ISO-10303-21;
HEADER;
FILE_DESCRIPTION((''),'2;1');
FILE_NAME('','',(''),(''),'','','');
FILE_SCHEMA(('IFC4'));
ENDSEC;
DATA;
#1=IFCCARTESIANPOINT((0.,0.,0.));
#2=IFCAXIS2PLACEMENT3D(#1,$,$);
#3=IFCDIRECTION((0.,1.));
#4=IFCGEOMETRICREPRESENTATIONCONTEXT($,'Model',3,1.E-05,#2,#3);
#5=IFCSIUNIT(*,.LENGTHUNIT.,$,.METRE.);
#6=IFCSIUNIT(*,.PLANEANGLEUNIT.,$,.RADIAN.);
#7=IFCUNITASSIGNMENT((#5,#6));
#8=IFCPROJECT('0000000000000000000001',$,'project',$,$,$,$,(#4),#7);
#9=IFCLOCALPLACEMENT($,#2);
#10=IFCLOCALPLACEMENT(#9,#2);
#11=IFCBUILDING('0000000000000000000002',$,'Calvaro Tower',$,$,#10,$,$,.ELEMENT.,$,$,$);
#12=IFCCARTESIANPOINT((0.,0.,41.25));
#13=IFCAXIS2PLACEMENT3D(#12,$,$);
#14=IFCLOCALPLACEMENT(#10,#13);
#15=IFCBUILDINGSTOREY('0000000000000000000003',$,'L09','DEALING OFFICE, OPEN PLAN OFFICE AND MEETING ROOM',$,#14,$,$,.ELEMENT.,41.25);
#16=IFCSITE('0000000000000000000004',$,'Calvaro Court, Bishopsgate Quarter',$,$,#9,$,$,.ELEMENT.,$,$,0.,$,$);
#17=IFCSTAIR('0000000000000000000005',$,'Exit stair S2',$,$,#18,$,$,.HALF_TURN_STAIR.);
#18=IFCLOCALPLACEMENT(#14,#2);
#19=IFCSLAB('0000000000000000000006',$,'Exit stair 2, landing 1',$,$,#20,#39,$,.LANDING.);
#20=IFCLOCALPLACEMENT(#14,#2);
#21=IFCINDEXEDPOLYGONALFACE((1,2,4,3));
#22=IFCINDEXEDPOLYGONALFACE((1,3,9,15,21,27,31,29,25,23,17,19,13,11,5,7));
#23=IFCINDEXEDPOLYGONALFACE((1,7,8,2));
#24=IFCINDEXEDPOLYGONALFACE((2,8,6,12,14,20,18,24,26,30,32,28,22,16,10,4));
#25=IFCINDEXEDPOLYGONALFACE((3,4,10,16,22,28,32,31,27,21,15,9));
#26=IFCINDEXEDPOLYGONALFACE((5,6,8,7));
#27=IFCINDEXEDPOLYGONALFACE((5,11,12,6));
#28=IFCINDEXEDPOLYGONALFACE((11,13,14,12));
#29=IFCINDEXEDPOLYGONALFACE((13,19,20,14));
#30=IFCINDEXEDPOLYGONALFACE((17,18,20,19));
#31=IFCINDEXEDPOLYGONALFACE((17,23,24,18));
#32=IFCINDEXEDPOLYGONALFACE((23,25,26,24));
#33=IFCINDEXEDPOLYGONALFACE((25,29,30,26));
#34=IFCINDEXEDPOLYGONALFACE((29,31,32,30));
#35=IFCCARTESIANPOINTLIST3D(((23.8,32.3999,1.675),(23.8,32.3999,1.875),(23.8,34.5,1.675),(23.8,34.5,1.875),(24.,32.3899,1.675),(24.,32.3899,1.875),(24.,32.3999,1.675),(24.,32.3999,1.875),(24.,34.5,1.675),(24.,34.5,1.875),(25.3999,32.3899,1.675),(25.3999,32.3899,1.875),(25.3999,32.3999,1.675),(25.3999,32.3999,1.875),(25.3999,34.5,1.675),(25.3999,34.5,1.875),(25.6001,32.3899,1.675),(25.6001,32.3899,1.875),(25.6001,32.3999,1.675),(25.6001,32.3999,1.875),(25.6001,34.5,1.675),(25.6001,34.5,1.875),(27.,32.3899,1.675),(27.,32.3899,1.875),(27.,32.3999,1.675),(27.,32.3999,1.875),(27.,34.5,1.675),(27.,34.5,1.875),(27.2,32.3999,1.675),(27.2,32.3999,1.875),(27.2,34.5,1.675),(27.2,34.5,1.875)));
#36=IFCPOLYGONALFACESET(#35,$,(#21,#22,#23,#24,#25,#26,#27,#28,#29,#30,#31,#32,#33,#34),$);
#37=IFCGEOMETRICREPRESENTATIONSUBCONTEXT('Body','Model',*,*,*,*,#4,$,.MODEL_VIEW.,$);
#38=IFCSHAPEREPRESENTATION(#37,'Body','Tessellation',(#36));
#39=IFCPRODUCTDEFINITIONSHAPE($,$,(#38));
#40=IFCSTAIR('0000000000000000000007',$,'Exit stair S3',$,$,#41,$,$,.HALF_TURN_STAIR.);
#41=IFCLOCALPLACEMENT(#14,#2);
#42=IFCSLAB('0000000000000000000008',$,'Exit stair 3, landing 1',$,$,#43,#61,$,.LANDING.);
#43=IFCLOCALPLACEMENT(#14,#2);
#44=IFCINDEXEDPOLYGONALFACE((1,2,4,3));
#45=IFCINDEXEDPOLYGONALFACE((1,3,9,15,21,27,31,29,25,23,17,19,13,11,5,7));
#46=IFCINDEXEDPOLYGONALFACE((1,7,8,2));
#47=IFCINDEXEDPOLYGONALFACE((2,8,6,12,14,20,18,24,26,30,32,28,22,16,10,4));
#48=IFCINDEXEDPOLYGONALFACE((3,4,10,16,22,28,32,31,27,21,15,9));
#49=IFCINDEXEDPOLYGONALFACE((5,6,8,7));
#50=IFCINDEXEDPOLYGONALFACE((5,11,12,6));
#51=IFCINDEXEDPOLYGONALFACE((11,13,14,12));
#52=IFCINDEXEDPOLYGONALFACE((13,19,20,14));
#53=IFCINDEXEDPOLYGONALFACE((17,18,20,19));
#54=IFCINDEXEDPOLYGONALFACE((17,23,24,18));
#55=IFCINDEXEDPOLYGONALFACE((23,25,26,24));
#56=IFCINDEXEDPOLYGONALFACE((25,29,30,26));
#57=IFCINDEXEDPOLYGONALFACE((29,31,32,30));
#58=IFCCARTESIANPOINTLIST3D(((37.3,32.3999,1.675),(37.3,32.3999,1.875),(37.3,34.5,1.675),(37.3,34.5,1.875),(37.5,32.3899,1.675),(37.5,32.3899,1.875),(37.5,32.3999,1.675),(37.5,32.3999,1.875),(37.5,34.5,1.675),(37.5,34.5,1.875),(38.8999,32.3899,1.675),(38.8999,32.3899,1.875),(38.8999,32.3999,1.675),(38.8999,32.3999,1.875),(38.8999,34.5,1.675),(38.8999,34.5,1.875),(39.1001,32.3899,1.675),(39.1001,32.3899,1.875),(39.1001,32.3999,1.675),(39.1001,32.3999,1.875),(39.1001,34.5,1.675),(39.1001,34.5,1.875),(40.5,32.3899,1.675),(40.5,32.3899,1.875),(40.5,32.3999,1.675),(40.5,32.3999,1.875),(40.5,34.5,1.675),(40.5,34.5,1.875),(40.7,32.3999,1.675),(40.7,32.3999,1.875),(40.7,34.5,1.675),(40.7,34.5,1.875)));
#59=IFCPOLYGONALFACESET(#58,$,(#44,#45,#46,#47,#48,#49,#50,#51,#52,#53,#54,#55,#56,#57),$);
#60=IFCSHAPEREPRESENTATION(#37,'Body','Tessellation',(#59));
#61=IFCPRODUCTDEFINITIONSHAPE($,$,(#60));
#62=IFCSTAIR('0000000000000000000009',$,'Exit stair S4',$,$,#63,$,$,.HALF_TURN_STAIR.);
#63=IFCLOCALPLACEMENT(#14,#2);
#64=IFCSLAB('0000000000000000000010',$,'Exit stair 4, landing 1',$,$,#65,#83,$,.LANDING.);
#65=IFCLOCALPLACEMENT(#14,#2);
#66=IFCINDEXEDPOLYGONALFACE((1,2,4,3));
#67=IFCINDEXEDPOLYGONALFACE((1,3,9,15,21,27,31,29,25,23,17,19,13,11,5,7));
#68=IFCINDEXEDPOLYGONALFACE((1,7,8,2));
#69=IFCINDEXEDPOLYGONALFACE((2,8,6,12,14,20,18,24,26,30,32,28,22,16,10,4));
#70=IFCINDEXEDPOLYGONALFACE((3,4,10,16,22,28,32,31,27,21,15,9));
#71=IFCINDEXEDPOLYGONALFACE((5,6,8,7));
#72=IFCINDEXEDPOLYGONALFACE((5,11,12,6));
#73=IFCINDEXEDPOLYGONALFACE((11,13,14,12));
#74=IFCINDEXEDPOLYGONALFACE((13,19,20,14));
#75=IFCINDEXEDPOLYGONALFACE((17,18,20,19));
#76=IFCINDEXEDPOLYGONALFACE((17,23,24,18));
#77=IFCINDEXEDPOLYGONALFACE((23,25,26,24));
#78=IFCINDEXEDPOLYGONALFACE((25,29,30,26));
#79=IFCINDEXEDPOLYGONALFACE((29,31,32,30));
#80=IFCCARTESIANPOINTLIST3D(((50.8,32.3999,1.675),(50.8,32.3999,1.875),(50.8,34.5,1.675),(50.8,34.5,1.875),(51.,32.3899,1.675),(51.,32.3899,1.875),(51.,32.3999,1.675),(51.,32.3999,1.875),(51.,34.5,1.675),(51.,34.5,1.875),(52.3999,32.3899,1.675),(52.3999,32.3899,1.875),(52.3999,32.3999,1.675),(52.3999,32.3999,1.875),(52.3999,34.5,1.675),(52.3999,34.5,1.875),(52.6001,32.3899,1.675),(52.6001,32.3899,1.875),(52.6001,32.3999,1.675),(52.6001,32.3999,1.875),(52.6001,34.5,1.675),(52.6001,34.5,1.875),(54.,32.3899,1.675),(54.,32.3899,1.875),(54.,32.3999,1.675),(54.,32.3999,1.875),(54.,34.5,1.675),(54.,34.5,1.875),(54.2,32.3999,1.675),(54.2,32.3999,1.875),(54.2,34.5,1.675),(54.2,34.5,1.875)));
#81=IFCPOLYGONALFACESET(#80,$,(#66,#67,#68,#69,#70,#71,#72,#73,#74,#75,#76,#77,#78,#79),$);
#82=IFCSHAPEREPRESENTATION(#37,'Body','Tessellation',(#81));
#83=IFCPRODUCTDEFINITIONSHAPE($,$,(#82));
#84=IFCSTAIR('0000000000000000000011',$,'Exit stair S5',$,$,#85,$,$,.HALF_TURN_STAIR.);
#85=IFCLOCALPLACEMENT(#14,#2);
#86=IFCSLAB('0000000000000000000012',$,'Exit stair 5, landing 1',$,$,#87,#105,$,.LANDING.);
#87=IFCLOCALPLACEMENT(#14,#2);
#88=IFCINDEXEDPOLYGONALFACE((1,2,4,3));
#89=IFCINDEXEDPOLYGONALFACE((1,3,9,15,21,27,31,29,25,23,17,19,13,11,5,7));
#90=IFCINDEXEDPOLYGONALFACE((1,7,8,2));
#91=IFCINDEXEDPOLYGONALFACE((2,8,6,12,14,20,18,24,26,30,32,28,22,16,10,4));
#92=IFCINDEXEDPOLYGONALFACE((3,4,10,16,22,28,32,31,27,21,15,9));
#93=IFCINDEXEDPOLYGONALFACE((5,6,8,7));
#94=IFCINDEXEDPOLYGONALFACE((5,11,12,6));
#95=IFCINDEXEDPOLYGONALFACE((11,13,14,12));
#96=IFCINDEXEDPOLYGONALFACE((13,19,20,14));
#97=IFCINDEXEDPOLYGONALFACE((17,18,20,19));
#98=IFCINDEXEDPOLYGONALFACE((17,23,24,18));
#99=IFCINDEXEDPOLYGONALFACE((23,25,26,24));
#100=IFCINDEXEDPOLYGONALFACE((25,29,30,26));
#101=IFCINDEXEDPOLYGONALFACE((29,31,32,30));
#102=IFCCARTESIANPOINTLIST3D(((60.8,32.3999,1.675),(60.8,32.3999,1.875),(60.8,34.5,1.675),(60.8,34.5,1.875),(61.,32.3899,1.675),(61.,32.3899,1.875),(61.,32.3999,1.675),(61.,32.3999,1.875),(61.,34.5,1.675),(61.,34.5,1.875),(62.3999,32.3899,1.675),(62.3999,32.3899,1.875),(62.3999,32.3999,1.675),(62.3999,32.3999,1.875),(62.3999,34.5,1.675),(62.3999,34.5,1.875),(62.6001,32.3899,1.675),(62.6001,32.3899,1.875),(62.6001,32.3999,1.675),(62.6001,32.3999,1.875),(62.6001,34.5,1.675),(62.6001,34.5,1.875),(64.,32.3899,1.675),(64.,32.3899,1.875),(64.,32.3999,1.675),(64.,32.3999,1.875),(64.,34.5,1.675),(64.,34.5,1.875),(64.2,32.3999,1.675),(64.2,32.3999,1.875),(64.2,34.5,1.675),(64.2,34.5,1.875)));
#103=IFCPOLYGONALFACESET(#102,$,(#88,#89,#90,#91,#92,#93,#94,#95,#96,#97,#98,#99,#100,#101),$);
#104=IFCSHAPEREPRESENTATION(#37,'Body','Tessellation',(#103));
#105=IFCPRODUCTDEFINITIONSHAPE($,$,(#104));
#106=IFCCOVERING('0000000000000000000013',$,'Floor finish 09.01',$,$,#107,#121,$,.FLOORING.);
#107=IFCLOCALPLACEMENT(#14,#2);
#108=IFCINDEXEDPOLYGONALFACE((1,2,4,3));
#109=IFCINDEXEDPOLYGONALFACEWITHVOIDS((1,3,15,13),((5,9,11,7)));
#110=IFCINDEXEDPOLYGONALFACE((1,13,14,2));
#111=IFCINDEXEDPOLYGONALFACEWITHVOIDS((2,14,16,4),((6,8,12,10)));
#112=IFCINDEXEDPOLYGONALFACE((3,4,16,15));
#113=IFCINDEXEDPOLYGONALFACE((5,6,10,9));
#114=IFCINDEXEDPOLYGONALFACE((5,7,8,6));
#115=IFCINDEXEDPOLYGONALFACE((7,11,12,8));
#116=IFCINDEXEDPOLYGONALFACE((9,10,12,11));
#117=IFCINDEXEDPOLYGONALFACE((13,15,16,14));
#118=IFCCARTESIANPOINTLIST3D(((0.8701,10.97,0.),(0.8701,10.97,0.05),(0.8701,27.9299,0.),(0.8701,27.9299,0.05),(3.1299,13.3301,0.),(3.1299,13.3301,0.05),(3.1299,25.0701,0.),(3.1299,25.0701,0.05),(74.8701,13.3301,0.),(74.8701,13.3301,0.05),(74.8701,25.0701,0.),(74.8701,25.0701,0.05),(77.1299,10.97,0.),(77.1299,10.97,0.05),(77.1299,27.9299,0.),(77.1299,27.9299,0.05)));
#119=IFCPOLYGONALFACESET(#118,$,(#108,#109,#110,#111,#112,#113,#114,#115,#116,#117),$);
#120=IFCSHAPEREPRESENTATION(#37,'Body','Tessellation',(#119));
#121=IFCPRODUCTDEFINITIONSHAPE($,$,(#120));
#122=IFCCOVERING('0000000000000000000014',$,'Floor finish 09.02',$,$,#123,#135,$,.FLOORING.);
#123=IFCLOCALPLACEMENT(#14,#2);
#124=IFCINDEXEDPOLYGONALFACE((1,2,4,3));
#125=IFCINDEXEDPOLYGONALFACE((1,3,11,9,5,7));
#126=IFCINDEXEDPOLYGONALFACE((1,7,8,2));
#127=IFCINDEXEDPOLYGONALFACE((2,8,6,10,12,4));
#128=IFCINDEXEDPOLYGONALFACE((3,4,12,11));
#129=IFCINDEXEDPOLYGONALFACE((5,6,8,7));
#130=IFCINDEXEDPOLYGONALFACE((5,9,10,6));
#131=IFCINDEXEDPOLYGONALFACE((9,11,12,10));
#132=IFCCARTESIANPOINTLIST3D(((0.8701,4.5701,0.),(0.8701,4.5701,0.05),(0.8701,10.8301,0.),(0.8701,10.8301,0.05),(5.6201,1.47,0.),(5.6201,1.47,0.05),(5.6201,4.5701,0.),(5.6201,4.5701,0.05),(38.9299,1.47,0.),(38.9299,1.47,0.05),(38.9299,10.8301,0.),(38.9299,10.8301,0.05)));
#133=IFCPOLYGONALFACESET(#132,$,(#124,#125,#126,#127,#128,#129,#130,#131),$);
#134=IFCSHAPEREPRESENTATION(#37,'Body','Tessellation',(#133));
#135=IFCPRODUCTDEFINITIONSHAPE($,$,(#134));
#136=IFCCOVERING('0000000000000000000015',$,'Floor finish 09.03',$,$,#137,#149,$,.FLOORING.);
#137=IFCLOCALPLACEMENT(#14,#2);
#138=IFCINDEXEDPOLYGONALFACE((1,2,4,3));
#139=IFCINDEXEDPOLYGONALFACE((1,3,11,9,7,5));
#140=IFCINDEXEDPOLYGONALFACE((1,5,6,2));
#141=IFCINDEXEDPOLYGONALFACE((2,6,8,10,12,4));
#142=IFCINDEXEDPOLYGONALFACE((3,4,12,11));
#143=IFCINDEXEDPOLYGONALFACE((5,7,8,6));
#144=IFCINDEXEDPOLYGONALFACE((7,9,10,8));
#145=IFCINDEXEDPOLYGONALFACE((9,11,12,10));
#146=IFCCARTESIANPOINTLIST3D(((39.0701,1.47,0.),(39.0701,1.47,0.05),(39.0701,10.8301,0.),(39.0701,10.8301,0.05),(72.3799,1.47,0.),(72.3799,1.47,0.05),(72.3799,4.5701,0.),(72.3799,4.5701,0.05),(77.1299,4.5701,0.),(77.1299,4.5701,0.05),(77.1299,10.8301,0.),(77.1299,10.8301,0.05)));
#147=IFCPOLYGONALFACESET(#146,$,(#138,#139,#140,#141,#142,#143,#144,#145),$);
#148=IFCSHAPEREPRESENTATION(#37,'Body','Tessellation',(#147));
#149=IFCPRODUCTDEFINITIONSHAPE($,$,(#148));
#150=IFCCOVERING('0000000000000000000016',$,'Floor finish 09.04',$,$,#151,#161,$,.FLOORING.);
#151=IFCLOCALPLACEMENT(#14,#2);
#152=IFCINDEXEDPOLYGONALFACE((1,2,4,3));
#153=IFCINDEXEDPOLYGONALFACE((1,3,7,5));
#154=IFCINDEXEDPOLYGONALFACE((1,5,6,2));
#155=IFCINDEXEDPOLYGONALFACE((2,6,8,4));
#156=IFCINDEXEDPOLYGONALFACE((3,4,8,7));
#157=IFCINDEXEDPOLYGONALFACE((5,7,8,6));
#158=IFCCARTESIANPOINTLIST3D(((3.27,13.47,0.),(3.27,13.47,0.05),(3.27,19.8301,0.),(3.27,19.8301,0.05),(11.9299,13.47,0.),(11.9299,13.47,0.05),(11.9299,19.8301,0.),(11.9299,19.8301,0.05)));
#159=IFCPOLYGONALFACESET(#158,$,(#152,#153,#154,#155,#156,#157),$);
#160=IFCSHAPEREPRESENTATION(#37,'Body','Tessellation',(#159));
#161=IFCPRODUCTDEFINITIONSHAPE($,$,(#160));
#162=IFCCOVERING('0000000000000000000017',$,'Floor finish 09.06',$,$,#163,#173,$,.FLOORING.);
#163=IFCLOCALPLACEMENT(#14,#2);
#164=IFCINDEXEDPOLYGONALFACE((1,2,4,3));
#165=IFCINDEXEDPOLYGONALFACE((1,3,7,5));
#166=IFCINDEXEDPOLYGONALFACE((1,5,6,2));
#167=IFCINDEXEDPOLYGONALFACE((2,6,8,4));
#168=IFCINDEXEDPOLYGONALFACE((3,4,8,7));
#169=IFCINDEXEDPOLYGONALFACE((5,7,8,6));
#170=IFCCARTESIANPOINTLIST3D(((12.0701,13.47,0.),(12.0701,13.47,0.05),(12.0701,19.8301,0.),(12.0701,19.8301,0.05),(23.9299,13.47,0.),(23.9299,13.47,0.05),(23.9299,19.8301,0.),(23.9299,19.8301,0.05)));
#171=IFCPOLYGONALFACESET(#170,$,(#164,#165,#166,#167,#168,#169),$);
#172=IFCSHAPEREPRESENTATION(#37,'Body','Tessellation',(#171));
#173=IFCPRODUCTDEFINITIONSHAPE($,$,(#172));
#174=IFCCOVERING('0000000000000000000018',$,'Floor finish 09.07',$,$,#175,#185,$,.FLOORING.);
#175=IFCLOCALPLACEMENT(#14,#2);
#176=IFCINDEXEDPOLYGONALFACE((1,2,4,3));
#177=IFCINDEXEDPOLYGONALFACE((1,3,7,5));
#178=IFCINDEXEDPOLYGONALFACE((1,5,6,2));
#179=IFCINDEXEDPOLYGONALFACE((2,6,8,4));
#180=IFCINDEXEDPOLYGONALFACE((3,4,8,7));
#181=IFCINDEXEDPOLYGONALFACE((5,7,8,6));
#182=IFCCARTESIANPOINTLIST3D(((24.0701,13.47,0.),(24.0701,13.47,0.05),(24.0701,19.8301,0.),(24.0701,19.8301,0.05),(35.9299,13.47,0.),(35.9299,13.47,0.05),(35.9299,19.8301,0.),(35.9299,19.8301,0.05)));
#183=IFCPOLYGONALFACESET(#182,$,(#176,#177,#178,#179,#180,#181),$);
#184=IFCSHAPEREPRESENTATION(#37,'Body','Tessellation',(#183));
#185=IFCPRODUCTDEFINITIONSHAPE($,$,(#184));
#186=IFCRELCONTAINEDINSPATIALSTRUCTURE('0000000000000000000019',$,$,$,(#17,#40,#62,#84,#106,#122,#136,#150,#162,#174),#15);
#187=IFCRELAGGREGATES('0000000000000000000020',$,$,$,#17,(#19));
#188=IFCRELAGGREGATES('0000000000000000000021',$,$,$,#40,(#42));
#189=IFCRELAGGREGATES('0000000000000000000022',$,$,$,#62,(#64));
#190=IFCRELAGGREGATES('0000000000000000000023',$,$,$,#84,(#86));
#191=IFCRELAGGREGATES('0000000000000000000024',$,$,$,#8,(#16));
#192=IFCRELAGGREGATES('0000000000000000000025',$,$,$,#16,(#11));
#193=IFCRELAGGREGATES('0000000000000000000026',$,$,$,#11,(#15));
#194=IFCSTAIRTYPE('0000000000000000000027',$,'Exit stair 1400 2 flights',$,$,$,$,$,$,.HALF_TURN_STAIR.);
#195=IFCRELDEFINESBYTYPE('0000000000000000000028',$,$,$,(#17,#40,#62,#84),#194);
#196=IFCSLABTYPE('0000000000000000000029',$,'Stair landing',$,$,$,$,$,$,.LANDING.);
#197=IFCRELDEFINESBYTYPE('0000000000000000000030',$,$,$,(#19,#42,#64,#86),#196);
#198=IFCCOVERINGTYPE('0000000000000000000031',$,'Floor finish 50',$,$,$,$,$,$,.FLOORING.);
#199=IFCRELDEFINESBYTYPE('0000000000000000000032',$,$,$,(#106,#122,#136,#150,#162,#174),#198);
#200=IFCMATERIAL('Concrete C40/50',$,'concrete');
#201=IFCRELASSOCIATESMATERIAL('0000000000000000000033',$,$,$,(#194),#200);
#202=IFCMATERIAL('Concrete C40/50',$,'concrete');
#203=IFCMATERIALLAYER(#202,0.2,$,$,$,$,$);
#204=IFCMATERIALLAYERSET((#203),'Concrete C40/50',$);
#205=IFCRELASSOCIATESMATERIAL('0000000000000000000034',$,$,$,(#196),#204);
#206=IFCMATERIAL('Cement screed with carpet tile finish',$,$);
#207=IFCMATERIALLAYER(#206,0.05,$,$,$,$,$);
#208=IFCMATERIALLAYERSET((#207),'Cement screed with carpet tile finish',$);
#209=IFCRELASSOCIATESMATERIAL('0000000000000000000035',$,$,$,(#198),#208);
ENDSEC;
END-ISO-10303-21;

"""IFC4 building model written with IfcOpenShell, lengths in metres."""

from ifc_helpers import new_model, si_unit, direction, frame, origin, place, context, subcontext, project, spatial, polyline, outline, extrude, material, layer, layer_set, type_object, element, aggregate, save


model = new_model("IFC4")

# Units and contexts
model_context = context("Model", 3, precision=1e-05, world=origin(), true_north=direction((0.0, 1.0)))
body_context = subcontext(model_context, "Body", "Model", "MODEL_VIEW")
ifc_project = project(units=[si_unit("LENGTHUNIT", "METRE"), si_unit("PLANEANGLEUNIT", "RADIAN")], contexts=[model_context])

# Site, building, storey
site_placement = place(None, origin())
site = spatial("IfcSite", under=ifc_project, at=site_placement, Name="Calvaro Court, Bishopsgate Quarter", CompositionType="ELEMENT", RefElevation=0.0)
building_placement = place(site_placement, origin())
building = spatial("IfcBuilding", under=site, at=building_placement, Name="Calvaro Tower", CompositionType="ELEMENT")
storey_placement = place(building_placement, frame((0.0, 0.0, 41.25)))
storey = spatial("IfcBuildingStorey", under=building, at=storey_placement, Name="L09", Description="DEALING OFFICE, OPEN PLAN OFFICE AND MEETING ROOM", CompositionType="ELEMENT", Elevation=41.25)

# Stairs, slabs
ifc_material_1 = material(Name="Concrete C40/50", Category="concrete")
stair_type = type_object("IfcStairType", Name="Exit stair 1400 2 flights", PredefinedType="HALF_TURN_STAIR", material=ifc_material_1)
ifc_material_2 = material(Name="Concrete C40/50", Category="concrete")
ifc_layer_1 = layer(ifc_material_2, 0.2)
ifc_layer_set_1 = layer_set([ifc_layer_1], Name="Concrete C40/50")
slab_type_1 = type_object("IfcSlabType", Name="Stair landing", PredefinedType="LANDING", material=ifc_layer_set_1)
stair_1_placement = place(storey_placement, origin())
stair_1 = element("IfcStair", 1, at=stair_1_placement, inside=storey, type_object=stair_type, Name="Exit stair S2", PredefinedType="HALF_TURN_STAIR")
slab_1_placement = place(storey_placement, frame((0.0, 0.0, 1.675)))
slab_1 = element("IfcSlab", 2, at=slab_1_placement, type_object=slab_type_1, Name="Exit stair 2, landing 1", PredefinedType="LANDING", context=body_context, shape_type="SweptSolid", body=[
    extrude(outline(polyline([(25.3999, 32.3899), (24.0, 32.3899), (24.0, 32.3999), (23.8, 32.3999), (23.8, 34.5), (24.0, 34.5), (25.3999, 34.5), (25.6001, 34.5), (27.0, 34.5), (27.2, 34.5), (27.2, 32.3999), (27.0, 32.3999), (27.0, 32.3899), (25.6001, 32.3899), (25.6001, 32.3999), (25.3999, 32.3999), (25.3999, 32.3899)])), origin(), (0.0, 0.0, 1.0), 0.2),
])
aggregate(stair_1, [slab_1])
stair_2_placement = place(storey_placement, origin())
stair_2 = element("IfcStair", 3, at=stair_2_placement, inside=storey, type_object=stair_type, Name="Exit stair S3", PredefinedType="HALF_TURN_STAIR")
slab_2_placement = place(storey_placement, frame((0.0, 0.0, 1.675)))
slab_2 = element("IfcSlab", 4, at=slab_2_placement, type_object=slab_type_1, Name="Exit stair 3, landing 1", PredefinedType="LANDING", context=body_context, shape_type="SweptSolid", body=[
    extrude(outline(polyline([(38.8999, 32.3899), (37.5, 32.3899), (37.5, 32.3999), (37.3, 32.3999), (37.3, 34.5), (37.5, 34.5), (38.8999, 34.5), (39.1001, 34.5), (40.5, 34.5), (40.7, 34.5), (40.7, 32.3999), (40.5, 32.3999), (40.5, 32.3899), (39.1001, 32.3899), (39.1001, 32.3999), (38.8999, 32.3999), (38.8999, 32.3899)])), origin(), (0.0, 0.0, 1.0), 0.2),
])
aggregate(stair_2, [slab_2])
stair_3_placement = place(storey_placement, origin())
stair_3 = element("IfcStair", 5, at=stair_3_placement, inside=storey, type_object=stair_type, Name="Exit stair S4", PredefinedType="HALF_TURN_STAIR")
slab_3_placement = place(storey_placement, frame((0.0, 0.0, 1.675)))
slab_3 = element("IfcSlab", 6, at=slab_3_placement, type_object=slab_type_1, Name="Exit stair 4, landing 1", PredefinedType="LANDING", context=body_context, shape_type="SweptSolid", body=[
    extrude(outline(polyline([(52.3999, 32.3899), (51.0, 32.3899), (51.0, 32.3999), (50.8, 32.3999), (50.8, 34.5), (51.0, 34.5), (52.3999, 34.5), (52.6001, 34.5), (54.0, 34.5), (54.2, 34.5), (54.2, 32.3999), (54.0, 32.3999), (54.0, 32.3899), (52.6001, 32.3899), (52.6001, 32.3999), (52.3999, 32.3999), (52.3999, 32.3899)])), origin(), (0.0, 0.0, 1.0), 0.2),
])
aggregate(stair_3, [slab_3])
stair_4_placement = place(storey_placement, origin())
stair_4 = element("IfcStair", 7, at=stair_4_placement, inside=storey, type_object=stair_type, Name="Exit stair S5", PredefinedType="HALF_TURN_STAIR")
slab_4_placement = place(storey_placement, frame((0.0, 0.0, 1.675)))
slab_4 = element("IfcSlab", 8, at=slab_4_placement, type_object=slab_type_1, Name="Exit stair 5, landing 1", PredefinedType="LANDING", context=body_context, shape_type="SweptSolid", body=[
    extrude(outline(polyline([(62.3999, 32.3899), (61.0, 32.3899), (61.0, 32.3999), (60.8, 32.3999), (60.8, 34.5), (61.0, 34.5), (62.3999, 34.5), (62.6001, 34.5), (64.0, 34.5), (64.2, 34.5), (64.2, 32.3999), (64.0, 32.3999), (64.0, 32.3899), (62.6001, 32.3899), (62.6001, 32.3999), (62.3999, 32.3999), (62.3999, 32.3899)])), origin(), (0.0, 0.0, 1.0), 0.2),
])
aggregate(stair_4, [slab_4])

# Coverings
ifc_material_3 = material(Name="Cement screed with carpet tile finish")
ifc_layer_2 = layer(ifc_material_3, 0.05)
ifc_layer_set_2 = layer_set([ifc_layer_2], Name="Cement screed with carpet tile finish")
covering_type = type_object("IfcCoveringType", Name="Floor finish 50", PredefinedType="FLOORING", material=ifc_layer_set_2)
covering_1_placement = place(storey_placement, origin())
element("IfcCovering", 9, at=covering_1_placement, inside=storey, type_object=covering_type, Name="Floor finish 09.01", PredefinedType="FLOORING", context=body_context, shape_type="SweptSolid", body=[
    extrude(outline(polyline([(0.8701, 10.97), (0.8701, 27.9299), (77.1299, 27.9299), (77.1299, 10.97), (0.8701, 10.97)]), holes=[polyline([(74.8701, 13.3301), (74.8701, 25.0701), (3.1299, 25.0701), (3.1299, 13.3301), (74.8701, 13.3301)])]), origin(), (0.0, 0.0, 1.0), 0.05),
])
covering_2_placement = place(storey_placement, origin())
element("IfcCovering", 10, at=covering_2_placement, inside=storey, type_object=covering_type, Name="Floor finish 09.02", PredefinedType="FLOORING", context=body_context, shape_type="SweptSolid", body=[
    extrude(outline(polyline([(38.9299, 10.8301), (38.9299, 1.47), (5.6201, 1.47), (5.6201, 4.5701), (0.8701, 4.5701), (0.8701, 10.8301), (38.9299, 10.8301)])), origin(), (0.0, 0.0, 1.0), 0.05),
])
covering_3_placement = place(storey_placement, origin())
element("IfcCovering", 11, at=covering_3_placement, inside=storey, type_object=covering_type, Name="Floor finish 09.03", PredefinedType="FLOORING", context=body_context, shape_type="SweptSolid", body=[
    extrude(outline(polyline([(77.1299, 4.5701), (72.3799, 4.5701), (72.3799, 1.47), (39.0701, 1.47), (39.0701, 10.8301), (77.1299, 10.8301), (77.1299, 4.5701)])), origin(), (0.0, 0.0, 1.0), 0.05),
])
covering_4_placement = place(storey_placement, origin())
element("IfcCovering", 12, at=covering_4_placement, inside=storey, type_object=covering_type, Name="Floor finish 09.04", PredefinedType="FLOORING", context=body_context, shape_type="SweptSolid", body=[
    extrude(outline(polyline([(3.27, 13.47), (3.27, 19.8301), (11.9299, 19.8301), (11.9299, 13.47), (3.27, 13.47)])), origin(), (0.0, 0.0, 1.0), 0.05),
])
covering_5_placement = place(storey_placement, origin())
element("IfcCovering", 13, at=covering_5_placement, inside=storey, type_object=covering_type, Name="Floor finish 09.06", PredefinedType="FLOORING", context=body_context, shape_type="SweptSolid", body=[
    extrude(outline(polyline([(12.0701, 13.47), (12.0701, 19.8301), (23.9299, 19.8301), (23.9299, 13.47), (12.0701, 13.47)])), origin(), (0.0, 0.0, 1.0), 0.05),
])
covering_6_placement = place(storey_placement, origin())
element("IfcCovering", 14, at=covering_6_placement, inside=storey, type_object=covering_type, Name="Floor finish 09.07", PredefinedType="FLOORING", context=body_context, shape_type="SweptSolid", body=[
    extrude(outline(polyline([(24.0701, 13.47), (24.0701, 19.8301), (35.9299, 19.8301), (35.9299, 13.47), (24.0701, 13.47)])), origin(), (0.0, 0.0, 1.0), 0.05),
])

save(model, "model.ifc")
